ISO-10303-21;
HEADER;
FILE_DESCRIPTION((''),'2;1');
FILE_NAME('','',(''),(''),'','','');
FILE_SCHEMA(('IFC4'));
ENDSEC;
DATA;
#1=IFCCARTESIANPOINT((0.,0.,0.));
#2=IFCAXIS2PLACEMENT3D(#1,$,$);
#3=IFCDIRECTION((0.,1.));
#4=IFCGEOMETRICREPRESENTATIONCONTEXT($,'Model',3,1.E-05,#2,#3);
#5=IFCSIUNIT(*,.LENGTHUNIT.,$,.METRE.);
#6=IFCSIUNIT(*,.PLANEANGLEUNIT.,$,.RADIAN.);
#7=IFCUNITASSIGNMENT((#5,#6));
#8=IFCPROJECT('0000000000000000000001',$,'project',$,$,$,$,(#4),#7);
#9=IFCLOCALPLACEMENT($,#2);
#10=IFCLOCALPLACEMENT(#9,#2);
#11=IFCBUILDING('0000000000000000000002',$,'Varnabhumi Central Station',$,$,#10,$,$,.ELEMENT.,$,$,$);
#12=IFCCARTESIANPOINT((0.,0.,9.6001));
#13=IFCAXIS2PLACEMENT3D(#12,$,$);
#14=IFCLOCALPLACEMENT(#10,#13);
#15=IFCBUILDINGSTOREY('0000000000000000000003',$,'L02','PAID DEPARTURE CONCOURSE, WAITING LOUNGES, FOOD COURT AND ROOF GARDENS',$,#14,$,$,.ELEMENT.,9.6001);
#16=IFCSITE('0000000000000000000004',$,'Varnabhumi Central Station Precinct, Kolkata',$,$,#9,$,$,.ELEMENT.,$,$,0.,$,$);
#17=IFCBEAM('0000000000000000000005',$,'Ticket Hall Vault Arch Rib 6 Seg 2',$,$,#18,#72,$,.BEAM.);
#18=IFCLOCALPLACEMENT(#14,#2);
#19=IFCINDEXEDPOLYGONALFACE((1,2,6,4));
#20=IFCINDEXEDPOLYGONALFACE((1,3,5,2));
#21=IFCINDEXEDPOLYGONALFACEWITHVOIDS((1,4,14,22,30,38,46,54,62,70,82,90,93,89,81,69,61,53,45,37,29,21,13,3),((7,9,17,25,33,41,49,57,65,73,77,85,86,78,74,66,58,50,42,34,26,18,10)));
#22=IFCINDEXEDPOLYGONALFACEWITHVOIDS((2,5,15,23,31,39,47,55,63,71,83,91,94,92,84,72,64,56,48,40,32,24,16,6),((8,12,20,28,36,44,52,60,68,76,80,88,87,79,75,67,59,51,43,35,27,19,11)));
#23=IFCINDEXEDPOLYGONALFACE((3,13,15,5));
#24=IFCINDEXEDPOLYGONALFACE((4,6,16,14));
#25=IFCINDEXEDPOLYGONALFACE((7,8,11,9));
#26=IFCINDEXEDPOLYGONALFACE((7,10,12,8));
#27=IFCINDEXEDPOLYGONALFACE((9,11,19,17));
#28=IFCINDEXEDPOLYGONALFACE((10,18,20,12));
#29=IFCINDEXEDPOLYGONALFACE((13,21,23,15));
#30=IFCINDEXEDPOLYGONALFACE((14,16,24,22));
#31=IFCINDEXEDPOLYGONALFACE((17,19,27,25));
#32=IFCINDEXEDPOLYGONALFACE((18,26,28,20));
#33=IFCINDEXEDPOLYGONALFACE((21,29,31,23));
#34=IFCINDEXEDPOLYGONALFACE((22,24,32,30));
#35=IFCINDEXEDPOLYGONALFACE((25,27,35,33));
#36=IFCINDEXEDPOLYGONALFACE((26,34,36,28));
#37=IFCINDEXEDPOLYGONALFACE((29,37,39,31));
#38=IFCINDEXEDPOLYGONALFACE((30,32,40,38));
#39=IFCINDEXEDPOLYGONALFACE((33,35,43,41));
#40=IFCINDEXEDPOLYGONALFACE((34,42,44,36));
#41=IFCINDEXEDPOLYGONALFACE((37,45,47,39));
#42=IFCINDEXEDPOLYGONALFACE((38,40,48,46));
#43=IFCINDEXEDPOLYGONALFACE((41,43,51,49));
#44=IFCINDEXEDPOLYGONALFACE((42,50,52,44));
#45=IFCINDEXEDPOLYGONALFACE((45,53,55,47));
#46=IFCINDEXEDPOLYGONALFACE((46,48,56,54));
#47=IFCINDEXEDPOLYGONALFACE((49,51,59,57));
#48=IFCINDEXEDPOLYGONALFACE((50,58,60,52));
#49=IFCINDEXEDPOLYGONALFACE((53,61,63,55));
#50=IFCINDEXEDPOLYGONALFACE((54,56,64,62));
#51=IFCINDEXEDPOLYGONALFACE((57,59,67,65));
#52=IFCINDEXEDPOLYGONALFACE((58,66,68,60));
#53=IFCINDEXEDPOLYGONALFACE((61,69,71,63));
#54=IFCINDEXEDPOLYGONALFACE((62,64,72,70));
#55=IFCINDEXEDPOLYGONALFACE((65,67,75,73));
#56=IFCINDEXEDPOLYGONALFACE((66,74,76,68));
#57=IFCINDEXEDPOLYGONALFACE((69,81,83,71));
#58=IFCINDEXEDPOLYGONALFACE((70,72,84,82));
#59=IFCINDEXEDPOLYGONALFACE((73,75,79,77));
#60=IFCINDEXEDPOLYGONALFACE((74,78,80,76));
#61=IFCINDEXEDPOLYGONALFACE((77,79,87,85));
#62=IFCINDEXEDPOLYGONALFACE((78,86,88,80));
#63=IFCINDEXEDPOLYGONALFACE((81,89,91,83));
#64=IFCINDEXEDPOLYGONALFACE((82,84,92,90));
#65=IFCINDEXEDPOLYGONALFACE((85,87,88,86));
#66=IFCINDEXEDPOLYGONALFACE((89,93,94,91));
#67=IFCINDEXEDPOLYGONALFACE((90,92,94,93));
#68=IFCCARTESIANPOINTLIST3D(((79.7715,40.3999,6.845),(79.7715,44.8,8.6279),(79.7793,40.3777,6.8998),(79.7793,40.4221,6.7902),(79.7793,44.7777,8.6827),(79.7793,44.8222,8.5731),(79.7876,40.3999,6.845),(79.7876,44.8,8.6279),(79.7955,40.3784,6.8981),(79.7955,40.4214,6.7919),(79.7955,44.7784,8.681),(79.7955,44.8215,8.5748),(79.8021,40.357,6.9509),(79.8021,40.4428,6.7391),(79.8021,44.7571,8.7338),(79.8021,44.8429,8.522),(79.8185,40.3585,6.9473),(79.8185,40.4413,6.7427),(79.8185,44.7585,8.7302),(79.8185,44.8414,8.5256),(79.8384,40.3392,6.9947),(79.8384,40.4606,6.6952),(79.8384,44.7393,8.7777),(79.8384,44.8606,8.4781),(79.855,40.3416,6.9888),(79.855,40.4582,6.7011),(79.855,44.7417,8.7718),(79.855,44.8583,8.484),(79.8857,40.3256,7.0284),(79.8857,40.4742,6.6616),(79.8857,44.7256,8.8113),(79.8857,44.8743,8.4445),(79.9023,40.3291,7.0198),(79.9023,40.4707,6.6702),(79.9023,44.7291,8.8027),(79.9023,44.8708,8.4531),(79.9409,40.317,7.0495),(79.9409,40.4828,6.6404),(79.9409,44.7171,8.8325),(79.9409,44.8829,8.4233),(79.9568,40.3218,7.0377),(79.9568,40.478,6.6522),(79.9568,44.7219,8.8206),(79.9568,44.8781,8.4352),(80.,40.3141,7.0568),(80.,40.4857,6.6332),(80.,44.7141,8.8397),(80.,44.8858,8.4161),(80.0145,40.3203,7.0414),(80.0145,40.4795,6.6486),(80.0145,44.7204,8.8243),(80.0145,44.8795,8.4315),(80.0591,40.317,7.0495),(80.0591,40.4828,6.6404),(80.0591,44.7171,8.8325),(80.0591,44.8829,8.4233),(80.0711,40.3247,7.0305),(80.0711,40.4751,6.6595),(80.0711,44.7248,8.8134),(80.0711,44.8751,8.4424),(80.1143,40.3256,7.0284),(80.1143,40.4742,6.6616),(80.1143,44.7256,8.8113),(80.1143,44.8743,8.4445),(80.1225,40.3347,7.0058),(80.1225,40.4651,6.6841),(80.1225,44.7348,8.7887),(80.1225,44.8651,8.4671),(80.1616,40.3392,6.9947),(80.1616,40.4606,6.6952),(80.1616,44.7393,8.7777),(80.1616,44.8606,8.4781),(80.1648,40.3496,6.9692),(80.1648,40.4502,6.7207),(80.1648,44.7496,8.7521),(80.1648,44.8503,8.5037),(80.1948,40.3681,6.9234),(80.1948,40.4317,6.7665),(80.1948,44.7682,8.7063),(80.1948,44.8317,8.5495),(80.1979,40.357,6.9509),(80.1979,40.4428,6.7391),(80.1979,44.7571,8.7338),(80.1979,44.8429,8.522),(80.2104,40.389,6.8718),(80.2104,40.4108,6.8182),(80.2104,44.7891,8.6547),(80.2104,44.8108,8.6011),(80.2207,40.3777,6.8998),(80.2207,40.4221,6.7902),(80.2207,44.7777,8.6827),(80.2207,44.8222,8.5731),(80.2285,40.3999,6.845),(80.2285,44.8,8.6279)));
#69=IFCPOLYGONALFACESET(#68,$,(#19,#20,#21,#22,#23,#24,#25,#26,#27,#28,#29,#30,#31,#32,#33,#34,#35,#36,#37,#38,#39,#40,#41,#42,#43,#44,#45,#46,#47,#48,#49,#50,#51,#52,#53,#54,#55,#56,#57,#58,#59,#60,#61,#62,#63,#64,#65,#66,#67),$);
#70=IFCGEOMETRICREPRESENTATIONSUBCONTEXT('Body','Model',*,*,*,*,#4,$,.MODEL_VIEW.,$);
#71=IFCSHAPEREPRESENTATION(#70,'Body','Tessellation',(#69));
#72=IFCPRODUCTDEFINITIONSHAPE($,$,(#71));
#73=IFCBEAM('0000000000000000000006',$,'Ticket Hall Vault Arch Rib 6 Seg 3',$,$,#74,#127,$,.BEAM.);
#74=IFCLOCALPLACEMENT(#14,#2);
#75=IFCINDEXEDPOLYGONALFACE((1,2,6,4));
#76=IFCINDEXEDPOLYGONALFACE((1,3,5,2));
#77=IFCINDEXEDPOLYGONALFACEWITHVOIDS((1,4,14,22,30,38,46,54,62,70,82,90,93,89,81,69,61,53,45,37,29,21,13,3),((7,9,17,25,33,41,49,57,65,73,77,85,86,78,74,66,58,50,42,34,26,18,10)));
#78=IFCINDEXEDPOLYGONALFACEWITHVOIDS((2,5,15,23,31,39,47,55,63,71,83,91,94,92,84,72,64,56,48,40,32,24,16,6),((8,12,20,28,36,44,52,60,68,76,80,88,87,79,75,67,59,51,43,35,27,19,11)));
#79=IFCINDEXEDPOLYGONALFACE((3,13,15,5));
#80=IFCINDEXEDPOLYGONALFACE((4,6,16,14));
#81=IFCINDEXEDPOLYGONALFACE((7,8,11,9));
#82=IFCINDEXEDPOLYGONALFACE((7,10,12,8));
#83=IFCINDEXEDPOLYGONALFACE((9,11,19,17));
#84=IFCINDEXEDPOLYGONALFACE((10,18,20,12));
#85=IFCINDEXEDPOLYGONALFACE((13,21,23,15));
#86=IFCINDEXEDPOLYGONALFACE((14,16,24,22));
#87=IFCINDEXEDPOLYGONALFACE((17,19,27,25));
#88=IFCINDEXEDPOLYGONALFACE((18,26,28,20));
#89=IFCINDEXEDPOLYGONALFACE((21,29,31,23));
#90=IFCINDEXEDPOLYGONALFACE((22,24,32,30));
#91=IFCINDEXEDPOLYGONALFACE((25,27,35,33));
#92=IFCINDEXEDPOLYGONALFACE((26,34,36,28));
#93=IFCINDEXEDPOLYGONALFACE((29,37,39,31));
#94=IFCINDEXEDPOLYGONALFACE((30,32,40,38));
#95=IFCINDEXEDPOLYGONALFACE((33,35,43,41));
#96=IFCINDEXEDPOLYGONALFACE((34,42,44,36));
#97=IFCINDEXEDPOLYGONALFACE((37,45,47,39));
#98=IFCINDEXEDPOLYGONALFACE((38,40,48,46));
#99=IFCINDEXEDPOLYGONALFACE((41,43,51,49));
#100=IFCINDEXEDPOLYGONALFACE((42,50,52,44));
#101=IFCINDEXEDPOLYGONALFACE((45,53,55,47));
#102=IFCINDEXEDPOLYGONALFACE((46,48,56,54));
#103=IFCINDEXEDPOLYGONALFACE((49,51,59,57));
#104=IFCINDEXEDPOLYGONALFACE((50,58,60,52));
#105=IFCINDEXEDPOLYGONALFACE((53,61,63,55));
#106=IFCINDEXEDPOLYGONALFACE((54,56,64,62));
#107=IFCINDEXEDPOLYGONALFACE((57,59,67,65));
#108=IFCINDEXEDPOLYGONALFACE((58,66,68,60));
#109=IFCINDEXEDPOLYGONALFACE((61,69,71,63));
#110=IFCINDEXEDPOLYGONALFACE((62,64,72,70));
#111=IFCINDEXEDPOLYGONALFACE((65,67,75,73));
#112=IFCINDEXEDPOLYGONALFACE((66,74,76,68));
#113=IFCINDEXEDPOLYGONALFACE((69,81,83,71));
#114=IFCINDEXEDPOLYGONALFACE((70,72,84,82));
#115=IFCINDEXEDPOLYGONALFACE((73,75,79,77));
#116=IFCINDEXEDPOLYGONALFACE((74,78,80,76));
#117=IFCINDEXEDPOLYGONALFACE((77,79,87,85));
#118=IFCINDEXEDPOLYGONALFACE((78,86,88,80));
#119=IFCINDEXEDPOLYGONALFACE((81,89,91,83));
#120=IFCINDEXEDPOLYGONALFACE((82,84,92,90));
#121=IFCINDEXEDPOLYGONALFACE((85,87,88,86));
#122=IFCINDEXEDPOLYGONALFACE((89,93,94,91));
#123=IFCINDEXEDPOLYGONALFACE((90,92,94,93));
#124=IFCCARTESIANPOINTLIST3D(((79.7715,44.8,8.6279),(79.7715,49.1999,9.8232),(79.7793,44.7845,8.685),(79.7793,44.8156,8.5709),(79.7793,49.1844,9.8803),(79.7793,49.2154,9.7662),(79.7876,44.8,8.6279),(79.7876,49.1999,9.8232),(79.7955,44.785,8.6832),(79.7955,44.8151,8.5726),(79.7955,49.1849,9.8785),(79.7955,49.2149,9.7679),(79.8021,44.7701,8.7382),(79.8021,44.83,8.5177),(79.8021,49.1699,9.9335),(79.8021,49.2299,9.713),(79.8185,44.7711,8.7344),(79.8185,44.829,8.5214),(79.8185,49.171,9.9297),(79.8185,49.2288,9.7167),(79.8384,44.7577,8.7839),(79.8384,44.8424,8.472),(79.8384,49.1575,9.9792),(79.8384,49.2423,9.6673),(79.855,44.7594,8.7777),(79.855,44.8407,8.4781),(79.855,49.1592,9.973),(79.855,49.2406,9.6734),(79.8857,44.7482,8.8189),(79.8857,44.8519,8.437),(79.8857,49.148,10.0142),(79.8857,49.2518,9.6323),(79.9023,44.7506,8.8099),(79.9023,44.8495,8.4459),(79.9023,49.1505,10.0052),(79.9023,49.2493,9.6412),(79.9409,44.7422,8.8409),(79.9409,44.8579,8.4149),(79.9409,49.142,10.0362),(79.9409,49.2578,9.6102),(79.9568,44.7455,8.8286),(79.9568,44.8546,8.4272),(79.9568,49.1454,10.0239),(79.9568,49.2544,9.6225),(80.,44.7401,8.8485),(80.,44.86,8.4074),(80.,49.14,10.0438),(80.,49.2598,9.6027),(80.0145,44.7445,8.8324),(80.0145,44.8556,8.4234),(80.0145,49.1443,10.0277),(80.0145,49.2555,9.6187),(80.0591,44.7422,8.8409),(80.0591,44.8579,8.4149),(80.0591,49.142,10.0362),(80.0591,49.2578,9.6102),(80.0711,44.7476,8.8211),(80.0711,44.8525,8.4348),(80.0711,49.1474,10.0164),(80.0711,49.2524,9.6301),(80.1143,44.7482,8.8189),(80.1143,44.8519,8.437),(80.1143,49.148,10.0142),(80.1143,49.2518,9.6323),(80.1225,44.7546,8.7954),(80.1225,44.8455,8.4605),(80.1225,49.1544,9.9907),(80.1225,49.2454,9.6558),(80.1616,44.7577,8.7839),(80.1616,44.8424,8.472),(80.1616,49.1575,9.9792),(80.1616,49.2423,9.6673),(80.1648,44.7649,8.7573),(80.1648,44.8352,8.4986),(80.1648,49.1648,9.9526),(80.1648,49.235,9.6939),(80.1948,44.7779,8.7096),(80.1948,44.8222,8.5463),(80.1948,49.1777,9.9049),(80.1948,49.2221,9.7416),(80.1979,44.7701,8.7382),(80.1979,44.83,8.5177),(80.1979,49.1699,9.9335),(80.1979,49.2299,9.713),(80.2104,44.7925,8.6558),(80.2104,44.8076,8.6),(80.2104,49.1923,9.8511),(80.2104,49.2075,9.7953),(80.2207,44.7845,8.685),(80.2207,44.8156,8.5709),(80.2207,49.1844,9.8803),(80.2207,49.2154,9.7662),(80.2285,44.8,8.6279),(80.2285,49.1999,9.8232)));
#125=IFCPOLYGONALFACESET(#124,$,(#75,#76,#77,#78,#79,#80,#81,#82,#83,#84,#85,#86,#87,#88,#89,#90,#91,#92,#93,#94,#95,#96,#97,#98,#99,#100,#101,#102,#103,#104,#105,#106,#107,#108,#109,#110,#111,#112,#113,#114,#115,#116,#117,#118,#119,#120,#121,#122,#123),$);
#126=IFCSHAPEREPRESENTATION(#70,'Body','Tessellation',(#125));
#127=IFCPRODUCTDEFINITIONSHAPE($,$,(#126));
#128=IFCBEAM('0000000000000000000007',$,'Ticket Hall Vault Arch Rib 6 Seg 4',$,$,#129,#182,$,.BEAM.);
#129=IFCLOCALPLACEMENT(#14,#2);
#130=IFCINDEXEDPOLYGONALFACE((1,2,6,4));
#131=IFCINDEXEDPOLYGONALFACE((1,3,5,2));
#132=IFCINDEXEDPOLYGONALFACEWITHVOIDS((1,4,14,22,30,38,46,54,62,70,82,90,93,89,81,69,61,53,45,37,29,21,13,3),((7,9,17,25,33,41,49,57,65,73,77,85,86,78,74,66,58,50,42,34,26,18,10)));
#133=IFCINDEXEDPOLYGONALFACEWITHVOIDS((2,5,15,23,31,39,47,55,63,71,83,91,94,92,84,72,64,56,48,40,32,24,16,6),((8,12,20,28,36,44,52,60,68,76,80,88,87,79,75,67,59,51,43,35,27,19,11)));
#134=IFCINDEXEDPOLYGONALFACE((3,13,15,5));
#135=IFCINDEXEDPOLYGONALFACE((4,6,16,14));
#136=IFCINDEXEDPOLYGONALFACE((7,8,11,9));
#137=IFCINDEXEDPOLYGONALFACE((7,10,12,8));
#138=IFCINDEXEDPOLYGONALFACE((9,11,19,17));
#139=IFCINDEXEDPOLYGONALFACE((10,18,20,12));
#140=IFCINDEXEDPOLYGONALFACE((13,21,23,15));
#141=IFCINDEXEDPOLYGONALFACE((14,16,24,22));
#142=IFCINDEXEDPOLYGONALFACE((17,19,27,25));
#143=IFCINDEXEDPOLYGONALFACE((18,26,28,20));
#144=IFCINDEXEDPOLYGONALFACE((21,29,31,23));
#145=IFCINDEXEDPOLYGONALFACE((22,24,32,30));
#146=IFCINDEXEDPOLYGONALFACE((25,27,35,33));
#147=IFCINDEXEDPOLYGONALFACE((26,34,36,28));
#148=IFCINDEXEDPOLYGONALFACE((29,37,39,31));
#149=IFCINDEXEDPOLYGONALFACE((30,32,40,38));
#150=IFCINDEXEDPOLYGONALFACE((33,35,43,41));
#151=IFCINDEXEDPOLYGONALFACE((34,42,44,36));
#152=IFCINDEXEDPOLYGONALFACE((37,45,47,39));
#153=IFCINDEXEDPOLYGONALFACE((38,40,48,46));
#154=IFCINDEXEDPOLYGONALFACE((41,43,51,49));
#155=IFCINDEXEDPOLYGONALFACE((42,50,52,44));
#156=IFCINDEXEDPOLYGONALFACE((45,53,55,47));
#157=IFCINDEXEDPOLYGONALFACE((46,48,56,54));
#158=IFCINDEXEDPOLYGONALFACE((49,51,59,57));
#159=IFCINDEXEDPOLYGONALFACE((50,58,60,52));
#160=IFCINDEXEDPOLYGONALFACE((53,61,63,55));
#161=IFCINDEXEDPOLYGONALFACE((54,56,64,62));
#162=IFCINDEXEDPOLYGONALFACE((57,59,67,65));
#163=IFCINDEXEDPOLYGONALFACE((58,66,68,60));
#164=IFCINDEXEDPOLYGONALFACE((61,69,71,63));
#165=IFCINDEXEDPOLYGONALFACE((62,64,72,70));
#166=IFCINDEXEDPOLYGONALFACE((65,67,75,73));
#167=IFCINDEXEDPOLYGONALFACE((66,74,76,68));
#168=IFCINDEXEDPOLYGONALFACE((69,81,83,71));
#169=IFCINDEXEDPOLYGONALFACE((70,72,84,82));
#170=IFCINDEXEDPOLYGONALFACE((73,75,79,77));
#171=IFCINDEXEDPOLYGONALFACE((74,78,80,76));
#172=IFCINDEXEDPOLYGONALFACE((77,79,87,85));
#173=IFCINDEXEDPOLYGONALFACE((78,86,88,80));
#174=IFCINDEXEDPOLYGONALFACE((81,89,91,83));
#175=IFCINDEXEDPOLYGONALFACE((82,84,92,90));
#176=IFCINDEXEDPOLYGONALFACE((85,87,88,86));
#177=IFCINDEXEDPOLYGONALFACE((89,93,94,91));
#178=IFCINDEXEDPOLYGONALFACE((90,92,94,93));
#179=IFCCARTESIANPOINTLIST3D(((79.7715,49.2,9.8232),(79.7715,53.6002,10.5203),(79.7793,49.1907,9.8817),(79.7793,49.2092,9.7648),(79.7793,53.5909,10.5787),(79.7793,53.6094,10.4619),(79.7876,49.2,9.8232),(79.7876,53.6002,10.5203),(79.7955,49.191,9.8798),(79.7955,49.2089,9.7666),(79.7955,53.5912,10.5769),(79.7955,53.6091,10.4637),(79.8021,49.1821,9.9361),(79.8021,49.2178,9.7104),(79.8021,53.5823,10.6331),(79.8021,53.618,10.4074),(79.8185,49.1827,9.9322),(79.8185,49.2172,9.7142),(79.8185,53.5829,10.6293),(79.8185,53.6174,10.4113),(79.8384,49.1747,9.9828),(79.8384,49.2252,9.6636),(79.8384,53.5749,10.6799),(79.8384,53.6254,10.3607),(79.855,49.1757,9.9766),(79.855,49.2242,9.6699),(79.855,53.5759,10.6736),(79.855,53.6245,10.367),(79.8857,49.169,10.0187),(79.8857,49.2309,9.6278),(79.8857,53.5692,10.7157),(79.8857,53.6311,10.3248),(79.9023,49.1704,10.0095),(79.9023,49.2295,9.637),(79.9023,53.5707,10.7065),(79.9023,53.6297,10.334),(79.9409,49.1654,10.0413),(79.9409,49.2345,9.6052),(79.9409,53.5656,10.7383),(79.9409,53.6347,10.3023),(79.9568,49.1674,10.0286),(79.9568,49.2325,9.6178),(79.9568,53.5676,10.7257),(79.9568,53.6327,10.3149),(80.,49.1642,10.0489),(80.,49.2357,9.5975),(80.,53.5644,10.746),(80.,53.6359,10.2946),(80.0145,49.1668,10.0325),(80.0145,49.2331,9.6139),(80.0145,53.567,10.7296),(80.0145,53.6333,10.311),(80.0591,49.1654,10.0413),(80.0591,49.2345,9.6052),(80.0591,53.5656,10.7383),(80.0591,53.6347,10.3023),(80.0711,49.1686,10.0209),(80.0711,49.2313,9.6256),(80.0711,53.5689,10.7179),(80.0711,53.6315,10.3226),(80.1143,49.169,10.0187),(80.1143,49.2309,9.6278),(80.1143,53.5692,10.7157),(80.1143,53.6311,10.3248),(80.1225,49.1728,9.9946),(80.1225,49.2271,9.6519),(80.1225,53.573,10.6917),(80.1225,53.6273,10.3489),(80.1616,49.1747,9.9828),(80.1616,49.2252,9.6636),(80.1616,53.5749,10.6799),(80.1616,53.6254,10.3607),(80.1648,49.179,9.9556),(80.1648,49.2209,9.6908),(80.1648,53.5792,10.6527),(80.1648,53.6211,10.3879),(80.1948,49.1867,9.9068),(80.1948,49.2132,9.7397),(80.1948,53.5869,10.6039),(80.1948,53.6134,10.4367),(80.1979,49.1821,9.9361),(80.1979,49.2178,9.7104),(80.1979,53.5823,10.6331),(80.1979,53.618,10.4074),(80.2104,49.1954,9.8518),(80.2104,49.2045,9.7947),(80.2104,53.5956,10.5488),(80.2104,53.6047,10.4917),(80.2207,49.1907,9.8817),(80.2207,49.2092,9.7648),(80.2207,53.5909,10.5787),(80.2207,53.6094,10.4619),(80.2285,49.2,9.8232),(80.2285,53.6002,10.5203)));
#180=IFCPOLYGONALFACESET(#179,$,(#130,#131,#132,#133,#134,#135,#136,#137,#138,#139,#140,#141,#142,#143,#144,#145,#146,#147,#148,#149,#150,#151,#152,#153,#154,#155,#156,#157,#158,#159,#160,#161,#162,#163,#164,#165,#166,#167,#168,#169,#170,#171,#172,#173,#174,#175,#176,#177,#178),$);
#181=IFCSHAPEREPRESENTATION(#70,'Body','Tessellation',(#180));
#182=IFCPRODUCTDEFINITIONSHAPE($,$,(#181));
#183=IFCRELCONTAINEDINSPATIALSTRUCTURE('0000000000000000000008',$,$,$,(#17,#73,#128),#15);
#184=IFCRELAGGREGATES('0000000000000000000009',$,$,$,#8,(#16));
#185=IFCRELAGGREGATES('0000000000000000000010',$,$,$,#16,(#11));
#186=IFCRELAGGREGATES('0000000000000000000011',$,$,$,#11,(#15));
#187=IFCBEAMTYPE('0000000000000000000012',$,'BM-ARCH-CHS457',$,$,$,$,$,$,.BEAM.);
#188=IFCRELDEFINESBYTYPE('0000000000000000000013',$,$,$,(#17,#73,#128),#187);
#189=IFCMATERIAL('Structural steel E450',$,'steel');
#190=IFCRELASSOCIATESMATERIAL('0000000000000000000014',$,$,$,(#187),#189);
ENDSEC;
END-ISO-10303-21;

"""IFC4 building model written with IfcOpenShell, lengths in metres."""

from ifc_helpers import new_model, si_unit, direction, frame, origin, origin_2d, place, context, subcontext, project, spatial, hollow_circle, extrude, material, material_profile, profile_set, type_object, element, save


model = new_model("IFC4")

# Units and contexts
model_context = context("Model", 3, precision=1e-05, world=origin(), true_north=direction((0.0, 1.0)))
body_context = subcontext(model_context, "Body", "Model", "MODEL_VIEW")
ifc_project = project(units=[si_unit("LENGTHUNIT", "METRE"), si_unit("PLANEANGLEUNIT", "RADIAN")], contexts=[model_context])

# Site, building, storey
site_placement = place(None, origin())
site = spatial("IfcSite", under=ifc_project, at=site_placement, Name="Varnabhumi Central Station Precinct, Kolkata", CompositionType="ELEMENT", RefElevation=0.0)
building_placement = place(site_placement, origin())
building = spatial("IfcBuilding", under=site, at=building_placement, Name="Varnabhumi Central Station", CompositionType="ELEMENT")
storey_placement = place(building_placement, frame((0.0, 0.0, 9.6001)))
storey = spatial("IfcBuildingStorey", under=building, at=storey_placement, Name="L02", Description="PAID DEPARTURE CONCOURSE, WAITING LOUNGES, FOOD COURT AND ROOF GARDENS", CompositionType="ELEMENT", Elevation=9.6001)

# Beams
ifc_material_1 = material(Name="Structural steel E450", Category="steel")
ifc_material_profile_1 = material_profile(ifc_material_1, hollow_circle(Radius=0.2285, WallThickness=0.0161, at=origin_2d()), Name="Structural steel E450", Category="steel")
ifc_profile_set_1 = profile_set([ifc_material_profile_1], Name="Structural steel E450")
beam_type_1 = type_object("IfcBeamType", Name="BM-ARCH-CHS457", PredefinedType="BEAM", material=ifc_profile_set_1)
beam_1_placement = place(storey_placement, frame((80.0, 40.3999, 6.845), z_axis=(0.0, 0.926804, 0.375545), x_axis=(-1.0, 0.0, 0.0)))
element("IfcBeam", 1, at=beam_1_placement, inside=storey, type_object=beam_type_1, Name="Ticket Hall Vault Arch Rib 6 Seg 2", PredefinedType="BEAM", context=body_context, shape_type="SweptSolid", body=[
    extrude(hollow_circle(Radius=0.2285, WallThickness=0.0161, at=origin_2d()), origin(), (0.0, 0.0, 1.0), 4.7476),
])
beam_2_placement = place(storey_placement, frame((80.0, 44.8, 8.6279), z_axis=(0.0, 0.965023, 0.262166), x_axis=(-1.0, 0.0, 0.0)))
element("IfcBeam", 2, at=beam_2_placement, inside=storey, type_object=beam_type_1, Name="Ticket Hall Vault Arch Rib 6 Seg 3", PredefinedType="BEAM", context=body_context, shape_type="SweptSolid", body=[
    extrude(hollow_circle(Radius=0.2285, WallThickness=0.0161, at=origin_2d()), origin(), (0.0, 0.0, 1.0), 4.5593),
])
beam_3_placement = place(storey_placement, frame((80.0, 49.2, 9.8232), z_axis=(0.0, 0.987685, 0.156458), x_axis=(-1.0, 0.0, 0.0)))
element("IfcBeam", 3, at=beam_3_placement, inside=storey, type_object=beam_type_1, Name="Ticket Hall Vault Arch Rib 6 Seg 4", PredefinedType="BEAM", context=body_context, shape_type="SweptSolid", body=[
    extrude(hollow_circle(Radius=0.2285, WallThickness=0.0161, at=origin_2d()), origin(), (0.0, 0.0, 1.0), 4.4551),
])

save(model, "model.ifc")
